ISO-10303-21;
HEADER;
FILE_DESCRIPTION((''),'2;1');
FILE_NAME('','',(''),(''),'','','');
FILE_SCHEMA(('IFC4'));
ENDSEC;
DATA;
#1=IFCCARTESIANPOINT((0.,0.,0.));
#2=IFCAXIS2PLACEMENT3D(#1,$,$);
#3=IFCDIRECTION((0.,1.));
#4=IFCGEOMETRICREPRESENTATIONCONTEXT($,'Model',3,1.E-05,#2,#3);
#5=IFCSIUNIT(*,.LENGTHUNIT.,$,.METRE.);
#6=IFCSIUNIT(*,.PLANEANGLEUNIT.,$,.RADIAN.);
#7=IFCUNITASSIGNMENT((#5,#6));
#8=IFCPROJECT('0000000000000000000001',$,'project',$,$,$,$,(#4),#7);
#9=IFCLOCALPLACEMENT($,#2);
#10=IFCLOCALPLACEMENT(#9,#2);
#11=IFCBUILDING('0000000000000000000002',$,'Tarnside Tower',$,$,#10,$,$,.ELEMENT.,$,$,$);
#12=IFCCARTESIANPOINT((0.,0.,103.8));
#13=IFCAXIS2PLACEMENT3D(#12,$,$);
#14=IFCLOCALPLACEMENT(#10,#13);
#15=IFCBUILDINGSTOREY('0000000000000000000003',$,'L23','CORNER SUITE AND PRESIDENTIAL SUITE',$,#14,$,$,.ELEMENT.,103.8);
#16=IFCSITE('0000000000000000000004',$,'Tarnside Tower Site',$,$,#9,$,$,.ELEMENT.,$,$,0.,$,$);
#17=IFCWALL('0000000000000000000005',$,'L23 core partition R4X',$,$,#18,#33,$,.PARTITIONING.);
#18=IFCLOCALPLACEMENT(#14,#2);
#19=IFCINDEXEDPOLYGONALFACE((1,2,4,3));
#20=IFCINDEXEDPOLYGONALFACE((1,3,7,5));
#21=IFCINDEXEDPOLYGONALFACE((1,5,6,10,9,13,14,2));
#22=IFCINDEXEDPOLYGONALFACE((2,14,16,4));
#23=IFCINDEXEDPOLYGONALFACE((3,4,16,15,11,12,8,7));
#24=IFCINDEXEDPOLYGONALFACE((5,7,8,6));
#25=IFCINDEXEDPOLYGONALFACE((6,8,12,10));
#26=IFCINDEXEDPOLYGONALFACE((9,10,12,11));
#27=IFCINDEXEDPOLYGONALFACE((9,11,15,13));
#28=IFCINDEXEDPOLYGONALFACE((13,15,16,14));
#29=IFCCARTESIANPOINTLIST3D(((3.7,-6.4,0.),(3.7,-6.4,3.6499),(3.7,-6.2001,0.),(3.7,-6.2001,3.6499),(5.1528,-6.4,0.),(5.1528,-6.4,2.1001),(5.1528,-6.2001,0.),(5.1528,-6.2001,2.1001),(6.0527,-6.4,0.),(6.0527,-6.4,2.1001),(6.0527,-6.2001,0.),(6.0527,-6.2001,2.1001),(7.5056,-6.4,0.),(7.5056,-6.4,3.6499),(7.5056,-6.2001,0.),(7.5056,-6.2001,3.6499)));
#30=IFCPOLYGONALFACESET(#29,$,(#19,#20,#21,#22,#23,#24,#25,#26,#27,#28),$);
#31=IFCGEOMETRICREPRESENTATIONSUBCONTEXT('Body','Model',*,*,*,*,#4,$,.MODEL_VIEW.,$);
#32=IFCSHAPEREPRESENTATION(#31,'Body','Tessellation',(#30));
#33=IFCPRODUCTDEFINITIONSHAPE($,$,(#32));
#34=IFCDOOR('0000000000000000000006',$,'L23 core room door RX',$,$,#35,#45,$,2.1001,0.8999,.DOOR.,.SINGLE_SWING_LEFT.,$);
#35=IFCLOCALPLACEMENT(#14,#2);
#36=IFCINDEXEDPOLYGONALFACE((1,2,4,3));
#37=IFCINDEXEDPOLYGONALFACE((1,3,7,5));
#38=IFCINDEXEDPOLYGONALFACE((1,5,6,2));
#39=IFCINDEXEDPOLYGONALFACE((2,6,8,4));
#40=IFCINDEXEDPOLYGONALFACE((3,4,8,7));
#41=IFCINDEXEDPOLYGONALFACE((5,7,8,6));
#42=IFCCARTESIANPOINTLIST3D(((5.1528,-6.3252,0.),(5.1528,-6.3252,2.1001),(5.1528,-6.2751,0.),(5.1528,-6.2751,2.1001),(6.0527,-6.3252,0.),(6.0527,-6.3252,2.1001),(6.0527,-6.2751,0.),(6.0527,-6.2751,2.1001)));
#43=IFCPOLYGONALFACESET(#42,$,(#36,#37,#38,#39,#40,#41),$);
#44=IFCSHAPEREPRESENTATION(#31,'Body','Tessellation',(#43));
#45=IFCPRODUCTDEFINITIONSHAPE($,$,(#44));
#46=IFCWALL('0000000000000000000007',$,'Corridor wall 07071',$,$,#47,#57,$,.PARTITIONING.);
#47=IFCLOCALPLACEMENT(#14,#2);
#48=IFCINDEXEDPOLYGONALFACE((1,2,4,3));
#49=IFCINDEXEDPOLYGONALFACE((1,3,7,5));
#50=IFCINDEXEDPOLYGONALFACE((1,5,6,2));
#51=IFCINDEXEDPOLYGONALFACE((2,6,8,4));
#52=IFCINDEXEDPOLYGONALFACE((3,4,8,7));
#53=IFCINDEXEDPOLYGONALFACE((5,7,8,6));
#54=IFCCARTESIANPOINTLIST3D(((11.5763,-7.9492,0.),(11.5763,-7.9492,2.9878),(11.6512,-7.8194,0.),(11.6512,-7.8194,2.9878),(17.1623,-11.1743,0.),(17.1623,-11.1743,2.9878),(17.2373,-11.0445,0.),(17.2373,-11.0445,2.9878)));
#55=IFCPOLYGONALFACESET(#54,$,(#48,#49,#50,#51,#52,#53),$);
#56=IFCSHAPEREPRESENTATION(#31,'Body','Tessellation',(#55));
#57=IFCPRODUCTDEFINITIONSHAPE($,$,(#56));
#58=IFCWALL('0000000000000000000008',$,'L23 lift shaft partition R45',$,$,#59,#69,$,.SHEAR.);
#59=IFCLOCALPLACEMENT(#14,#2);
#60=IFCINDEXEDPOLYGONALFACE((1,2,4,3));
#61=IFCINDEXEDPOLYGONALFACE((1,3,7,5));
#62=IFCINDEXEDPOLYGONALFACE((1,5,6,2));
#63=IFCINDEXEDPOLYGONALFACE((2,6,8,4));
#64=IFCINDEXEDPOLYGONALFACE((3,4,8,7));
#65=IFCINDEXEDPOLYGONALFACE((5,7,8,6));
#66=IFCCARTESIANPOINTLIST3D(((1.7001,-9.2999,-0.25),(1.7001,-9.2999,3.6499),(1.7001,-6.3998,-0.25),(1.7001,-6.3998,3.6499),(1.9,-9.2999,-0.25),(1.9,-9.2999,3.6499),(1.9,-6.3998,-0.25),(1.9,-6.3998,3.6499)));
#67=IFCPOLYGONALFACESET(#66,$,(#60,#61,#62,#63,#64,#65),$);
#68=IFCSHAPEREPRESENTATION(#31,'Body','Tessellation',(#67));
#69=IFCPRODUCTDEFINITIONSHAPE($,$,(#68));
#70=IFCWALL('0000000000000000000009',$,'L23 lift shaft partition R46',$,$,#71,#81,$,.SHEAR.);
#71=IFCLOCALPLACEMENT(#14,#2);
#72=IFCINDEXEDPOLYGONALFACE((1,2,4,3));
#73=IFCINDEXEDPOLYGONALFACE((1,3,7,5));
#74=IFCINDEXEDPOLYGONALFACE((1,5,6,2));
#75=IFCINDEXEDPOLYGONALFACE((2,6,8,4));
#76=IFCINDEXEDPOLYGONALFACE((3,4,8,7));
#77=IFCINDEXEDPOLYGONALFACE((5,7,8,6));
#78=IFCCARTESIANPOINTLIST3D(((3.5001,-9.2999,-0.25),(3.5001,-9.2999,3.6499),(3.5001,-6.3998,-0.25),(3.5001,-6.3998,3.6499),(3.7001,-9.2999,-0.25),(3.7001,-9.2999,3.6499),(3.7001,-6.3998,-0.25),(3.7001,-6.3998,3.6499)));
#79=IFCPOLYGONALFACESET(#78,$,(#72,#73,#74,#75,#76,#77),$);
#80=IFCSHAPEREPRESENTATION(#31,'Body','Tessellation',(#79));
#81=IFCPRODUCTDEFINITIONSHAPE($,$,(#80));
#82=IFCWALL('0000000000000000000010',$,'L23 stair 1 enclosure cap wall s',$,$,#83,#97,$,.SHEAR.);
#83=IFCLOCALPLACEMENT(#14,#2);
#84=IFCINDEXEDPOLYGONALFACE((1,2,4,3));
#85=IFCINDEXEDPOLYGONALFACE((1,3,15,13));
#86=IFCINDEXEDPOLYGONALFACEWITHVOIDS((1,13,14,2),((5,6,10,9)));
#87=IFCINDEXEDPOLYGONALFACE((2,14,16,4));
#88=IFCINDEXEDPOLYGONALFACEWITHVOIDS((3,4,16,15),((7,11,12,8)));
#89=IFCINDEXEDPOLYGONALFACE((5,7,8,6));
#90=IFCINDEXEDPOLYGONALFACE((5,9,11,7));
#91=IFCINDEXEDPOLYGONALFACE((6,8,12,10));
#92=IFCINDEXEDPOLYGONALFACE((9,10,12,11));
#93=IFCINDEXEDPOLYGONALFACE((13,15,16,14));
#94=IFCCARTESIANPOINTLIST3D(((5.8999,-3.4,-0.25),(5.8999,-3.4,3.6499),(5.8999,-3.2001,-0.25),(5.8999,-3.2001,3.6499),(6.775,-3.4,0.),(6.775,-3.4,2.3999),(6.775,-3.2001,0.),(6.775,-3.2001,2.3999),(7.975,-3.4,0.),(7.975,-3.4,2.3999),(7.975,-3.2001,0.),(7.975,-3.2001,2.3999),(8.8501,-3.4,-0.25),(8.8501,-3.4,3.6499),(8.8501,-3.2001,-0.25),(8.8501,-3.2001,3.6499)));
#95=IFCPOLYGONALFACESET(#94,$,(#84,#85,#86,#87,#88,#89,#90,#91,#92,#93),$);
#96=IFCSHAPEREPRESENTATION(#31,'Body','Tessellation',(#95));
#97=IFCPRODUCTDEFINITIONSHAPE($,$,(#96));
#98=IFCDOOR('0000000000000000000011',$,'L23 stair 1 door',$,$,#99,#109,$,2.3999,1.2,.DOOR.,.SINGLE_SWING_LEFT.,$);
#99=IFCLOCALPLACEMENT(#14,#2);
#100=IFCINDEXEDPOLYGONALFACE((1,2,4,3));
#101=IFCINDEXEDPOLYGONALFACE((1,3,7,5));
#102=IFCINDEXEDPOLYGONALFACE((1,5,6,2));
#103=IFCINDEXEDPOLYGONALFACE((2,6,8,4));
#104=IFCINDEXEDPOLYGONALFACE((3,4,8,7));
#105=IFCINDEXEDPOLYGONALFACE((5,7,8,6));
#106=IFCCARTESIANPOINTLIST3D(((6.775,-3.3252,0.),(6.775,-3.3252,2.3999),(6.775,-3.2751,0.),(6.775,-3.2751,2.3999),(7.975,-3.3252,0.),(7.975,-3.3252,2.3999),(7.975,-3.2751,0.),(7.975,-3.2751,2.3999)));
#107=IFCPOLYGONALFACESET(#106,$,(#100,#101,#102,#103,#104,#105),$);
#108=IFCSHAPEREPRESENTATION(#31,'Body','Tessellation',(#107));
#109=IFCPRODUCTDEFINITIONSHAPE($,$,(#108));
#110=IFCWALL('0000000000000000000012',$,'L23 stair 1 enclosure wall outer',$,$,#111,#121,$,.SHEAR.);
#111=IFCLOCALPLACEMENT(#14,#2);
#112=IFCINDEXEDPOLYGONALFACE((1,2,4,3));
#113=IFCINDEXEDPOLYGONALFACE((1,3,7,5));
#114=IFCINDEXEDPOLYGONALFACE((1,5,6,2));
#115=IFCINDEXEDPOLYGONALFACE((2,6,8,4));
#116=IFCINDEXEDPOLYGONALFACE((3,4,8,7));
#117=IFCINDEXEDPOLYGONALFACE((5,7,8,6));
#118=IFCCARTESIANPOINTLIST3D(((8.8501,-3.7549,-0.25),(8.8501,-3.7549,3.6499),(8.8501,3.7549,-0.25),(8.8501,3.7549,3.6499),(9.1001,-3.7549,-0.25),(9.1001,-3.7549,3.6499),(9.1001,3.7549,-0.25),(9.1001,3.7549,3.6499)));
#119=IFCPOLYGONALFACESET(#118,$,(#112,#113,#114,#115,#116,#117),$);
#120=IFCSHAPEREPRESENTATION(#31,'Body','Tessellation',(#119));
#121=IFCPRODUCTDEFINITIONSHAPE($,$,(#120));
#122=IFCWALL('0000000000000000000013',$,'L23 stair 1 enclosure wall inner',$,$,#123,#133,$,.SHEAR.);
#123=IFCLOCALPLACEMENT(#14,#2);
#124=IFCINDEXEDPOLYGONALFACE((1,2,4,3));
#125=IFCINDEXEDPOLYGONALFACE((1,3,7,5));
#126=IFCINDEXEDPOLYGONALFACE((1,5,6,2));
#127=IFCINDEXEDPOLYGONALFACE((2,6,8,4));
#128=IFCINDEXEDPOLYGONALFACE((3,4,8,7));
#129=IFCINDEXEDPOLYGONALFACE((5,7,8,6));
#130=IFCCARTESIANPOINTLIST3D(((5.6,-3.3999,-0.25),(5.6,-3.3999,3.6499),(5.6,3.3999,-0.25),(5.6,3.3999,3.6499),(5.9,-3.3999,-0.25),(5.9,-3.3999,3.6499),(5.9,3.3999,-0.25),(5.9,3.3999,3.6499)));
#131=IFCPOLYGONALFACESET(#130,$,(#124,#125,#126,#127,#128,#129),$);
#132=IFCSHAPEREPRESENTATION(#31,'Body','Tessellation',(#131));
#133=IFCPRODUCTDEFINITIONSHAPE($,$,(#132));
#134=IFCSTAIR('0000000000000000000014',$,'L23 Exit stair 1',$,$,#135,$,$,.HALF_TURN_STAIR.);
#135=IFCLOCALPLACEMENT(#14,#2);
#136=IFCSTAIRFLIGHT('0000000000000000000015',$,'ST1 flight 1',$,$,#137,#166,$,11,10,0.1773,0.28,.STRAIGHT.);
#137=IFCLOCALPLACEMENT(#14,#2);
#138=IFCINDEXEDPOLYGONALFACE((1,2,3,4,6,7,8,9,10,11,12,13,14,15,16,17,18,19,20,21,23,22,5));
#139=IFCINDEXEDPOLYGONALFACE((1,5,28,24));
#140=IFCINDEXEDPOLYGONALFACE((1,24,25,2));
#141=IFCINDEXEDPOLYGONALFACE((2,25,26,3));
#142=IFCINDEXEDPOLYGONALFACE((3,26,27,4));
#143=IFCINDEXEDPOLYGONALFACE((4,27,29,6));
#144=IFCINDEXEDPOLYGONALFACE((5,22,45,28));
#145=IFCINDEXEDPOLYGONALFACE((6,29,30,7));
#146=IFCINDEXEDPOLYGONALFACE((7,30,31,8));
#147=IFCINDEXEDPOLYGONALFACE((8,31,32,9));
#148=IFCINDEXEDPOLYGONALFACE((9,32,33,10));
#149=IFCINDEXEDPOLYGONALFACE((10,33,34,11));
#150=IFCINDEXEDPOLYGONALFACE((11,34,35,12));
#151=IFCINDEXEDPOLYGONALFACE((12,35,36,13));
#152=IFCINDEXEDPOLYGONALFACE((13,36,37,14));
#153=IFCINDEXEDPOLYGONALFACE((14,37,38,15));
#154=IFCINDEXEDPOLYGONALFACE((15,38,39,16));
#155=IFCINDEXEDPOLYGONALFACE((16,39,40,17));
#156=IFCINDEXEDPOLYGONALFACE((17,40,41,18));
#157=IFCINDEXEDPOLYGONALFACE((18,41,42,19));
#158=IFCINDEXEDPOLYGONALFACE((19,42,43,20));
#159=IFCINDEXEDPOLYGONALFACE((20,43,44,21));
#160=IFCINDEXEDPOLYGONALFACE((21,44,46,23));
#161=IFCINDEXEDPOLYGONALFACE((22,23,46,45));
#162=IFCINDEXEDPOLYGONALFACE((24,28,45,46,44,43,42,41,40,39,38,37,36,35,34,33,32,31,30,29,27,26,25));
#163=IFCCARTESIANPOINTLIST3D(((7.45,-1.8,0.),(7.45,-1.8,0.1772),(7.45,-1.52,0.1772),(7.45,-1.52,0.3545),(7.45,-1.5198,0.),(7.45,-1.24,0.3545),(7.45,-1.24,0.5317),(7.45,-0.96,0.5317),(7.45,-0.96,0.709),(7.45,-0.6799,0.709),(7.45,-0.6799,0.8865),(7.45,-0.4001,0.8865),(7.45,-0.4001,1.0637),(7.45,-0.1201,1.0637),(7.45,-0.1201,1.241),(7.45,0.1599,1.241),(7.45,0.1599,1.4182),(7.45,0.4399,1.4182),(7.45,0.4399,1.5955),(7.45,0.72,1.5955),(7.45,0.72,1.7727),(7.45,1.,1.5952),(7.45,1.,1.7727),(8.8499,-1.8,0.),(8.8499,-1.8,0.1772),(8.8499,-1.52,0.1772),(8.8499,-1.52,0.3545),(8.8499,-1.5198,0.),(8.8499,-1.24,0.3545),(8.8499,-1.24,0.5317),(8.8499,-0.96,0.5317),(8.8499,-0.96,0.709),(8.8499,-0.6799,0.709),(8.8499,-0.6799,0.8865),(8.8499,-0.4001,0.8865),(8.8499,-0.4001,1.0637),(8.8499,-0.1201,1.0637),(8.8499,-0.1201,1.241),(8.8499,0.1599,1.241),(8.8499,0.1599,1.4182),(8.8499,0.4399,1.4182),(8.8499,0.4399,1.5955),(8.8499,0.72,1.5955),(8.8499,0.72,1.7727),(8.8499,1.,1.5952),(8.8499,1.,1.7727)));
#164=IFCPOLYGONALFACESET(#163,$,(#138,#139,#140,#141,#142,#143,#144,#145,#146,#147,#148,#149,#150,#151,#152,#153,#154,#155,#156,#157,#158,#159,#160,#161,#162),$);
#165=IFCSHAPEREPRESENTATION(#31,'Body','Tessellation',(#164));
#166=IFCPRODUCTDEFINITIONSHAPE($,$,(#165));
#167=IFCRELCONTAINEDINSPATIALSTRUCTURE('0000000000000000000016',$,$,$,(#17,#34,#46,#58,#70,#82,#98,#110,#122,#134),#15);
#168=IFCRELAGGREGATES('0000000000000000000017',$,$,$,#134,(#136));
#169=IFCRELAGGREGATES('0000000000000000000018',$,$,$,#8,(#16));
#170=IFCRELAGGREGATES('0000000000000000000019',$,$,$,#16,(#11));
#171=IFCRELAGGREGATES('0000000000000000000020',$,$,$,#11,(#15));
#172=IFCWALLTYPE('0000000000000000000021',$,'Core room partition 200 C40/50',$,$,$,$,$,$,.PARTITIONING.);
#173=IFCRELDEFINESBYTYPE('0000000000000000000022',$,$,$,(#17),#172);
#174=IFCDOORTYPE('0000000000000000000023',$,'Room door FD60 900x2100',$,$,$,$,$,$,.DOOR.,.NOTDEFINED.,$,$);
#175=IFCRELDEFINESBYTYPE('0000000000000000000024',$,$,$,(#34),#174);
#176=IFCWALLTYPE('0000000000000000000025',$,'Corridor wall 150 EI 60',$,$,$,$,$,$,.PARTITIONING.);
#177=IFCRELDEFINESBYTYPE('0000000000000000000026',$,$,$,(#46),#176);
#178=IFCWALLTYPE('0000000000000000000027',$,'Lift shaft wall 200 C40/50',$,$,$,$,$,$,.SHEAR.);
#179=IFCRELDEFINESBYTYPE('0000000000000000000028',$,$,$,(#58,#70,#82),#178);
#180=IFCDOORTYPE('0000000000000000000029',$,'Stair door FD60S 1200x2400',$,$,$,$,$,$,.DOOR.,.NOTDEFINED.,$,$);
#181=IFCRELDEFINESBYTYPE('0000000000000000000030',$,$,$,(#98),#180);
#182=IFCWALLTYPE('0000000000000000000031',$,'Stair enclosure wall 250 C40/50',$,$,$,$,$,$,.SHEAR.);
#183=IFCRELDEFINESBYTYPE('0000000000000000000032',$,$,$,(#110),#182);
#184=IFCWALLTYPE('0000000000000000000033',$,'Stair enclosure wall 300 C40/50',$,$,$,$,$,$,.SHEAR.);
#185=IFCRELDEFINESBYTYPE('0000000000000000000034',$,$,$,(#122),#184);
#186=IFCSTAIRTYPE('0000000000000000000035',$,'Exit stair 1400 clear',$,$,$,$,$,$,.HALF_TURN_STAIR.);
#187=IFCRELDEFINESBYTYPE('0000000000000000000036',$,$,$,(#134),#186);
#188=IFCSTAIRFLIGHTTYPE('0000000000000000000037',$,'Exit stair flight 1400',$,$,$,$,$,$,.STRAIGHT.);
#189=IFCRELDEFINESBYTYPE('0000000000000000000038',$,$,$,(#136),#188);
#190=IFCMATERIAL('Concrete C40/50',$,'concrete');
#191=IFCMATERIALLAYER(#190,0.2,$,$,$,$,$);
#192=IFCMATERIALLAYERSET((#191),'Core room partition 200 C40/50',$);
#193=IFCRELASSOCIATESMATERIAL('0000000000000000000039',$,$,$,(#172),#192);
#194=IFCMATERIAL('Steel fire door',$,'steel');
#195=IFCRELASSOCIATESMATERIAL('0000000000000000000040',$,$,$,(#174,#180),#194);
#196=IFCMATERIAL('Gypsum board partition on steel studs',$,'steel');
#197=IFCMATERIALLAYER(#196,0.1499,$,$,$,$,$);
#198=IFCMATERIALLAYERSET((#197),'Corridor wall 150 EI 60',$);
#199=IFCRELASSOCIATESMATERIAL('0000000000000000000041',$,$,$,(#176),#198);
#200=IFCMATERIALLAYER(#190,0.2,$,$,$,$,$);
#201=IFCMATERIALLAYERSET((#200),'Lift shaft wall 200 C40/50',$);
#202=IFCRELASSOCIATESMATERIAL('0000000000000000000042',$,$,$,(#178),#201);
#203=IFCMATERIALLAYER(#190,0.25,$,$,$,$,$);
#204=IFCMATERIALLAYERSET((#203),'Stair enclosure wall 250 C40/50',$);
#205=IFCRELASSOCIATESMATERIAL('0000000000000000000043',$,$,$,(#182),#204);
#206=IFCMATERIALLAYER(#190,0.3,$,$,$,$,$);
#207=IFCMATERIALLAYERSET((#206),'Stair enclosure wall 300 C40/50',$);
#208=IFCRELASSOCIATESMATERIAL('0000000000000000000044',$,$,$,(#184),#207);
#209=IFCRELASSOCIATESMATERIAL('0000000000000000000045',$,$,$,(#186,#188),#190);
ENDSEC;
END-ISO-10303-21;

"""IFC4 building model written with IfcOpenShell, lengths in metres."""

from ifc_helpers import new_model, si_unit, direction, frame, frame_2d, origin, place, context, subcontext, project, spatial, polyline, rectangle, outline, extrude, material, layer, layer_set, type_object, element, fill, aggregate, save


model = new_model("IFC4")

# Units and contexts
model_context = context("Model", 3, precision=1e-05, world=origin(), true_north=direction((0.0, 1.0)))
body_context = subcontext(model_context, "Body", "Model", "MODEL_VIEW")
ifc_project = project(units=[si_unit("LENGTHUNIT", "METRE"), si_unit("PLANEANGLEUNIT", "RADIAN")], contexts=[model_context])

# Site, building, storey
site_placement = place(None, origin())
site = spatial("IfcSite", under=ifc_project, at=site_placement, Name="Tarnside Tower Site", CompositionType="ELEMENT", RefElevation=0.0)
building_placement = place(site_placement, origin())
building = spatial("IfcBuilding", under=site, at=building_placement, Name="Tarnside Tower", CompositionType="ELEMENT")
storey_placement = place(building_placement, frame((0.0, 0.0, 103.8)))
storey = spatial("IfcBuildingStorey", under=building, at=storey_placement, Name="L23", Description="CORNER SUITE AND PRESIDENTIAL SUITE", CompositionType="ELEMENT", Elevation=103.8)

# Shared definitions
ifc_material_1 = material(Name="Concrete C40/50", Category="concrete")

# Wall, opening, door
ifc_material_2 = material(Name="Steel fire door", Category="steel")
ifc_layer_1 = layer(ifc_material_1, 0.2)
ifc_layer_set_1 = layer_set([ifc_layer_1], Name="Core room partition 200 C40/50")
wall_type_1 = type_object("IfcWallType", Name="Core room partition 200 C40/50", PredefinedType="PARTITIONING", material=ifc_layer_set_1)
door_type_1 = type_object("IfcDoorType", Name="Room door FD60 900x2100", OperationType="NOTDEFINED", PredefinedType="DOOR", material=ifc_material_2)
wall_1_placement = place(storey_placement, frame((3.7, -6.3, 0.0), z_axis=(0.0, 0.0, 1.0), x_axis=(1.0, 0.0, 0.0)))
wall_1 = element("IfcWall", 1, at=wall_1_placement, inside=storey, type_object=wall_type_1, Name="L23 core partition R4X", PredefinedType="PARTITIONING", context=body_context, shape_type="SweptSolid", body=[
    extrude(rectangle(XDim=3.8057, YDim=0.2, at=frame_2d((1.9028, 0.0))), origin(), (0.0, 0.0, 1.0), 3.6499),
])
opening_1_placement = place(wall_1_placement, frame((1.4529, 0.0, 0.0)))
opening_1 = element("IfcOpeningElement", 2, at=opening_1_placement, cuts=wall_1, PredefinedType="OPENING", context=body_context, shape_type="SweptSolid", body=[
    extrude(rectangle(XDim=0.8999, YDim=2.1001, at=frame_2d((0.45, 1.05))), frame((0.0, 0.1099, 0.0), z_axis=(0.0, -1.0, 0.0), x_axis=(1.0, 0.0, 0.0)), (0.0, 0.0, 1.0), 0.22),
])
door_1_placement = place(opening_1_placement, origin())
door_1 = element("IfcDoor", 3, at=door_1_placement, inside=storey, type_object=door_type_1, Name="L23 core room door RX", OperationType="SINGLE_SWING_LEFT", OverallHeight=2.1001, OverallWidth=0.8999, PredefinedType="DOOR", context=body_context, shape_type="SweptSolid", body=[
    extrude(rectangle(XDim=0.8999, YDim=2.1001, at=frame_2d((0.45, 1.05))), frame((0.0, 0.0249, 0.0), z_axis=(0.0, -1.0, 0.0), x_axis=(1.0, 0.0, 0.0)), (0.0, 0.0, 1.0), 0.05),
])
fill(opening_1, door_1)

# Walls
ifc_material_3 = material(Name="Gypsum board partition on steel studs", Category="steel")
ifc_layer_2 = layer(ifc_material_3, 0.1499)
ifc_layer_set_2 = layer_set([ifc_layer_2], Name="Corridor wall 150 EI 60")
wall_type_2 = type_object("IfcWallType", Name="Corridor wall 150 EI 60", PredefinedType="PARTITIONING", material=ifc_layer_set_2)
wall_2_placement = place(storey_placement, frame((11.6138, -7.8843, 0.0), z_axis=(0.0, 0.0, 1.0), x_axis=(0.866022, -0.500006, 0.0)))
element("IfcWall", 4, at=wall_2_placement, inside=storey, type_object=wall_type_2, Name="Corridor wall 07071", PredefinedType="PARTITIONING", context=body_context, shape_type="SweptSolid", body=[
    extrude(rectangle(XDim=6.4502, YDim=0.1499, at=frame_2d((3.2251, 0.0))), origin(), (0.0, 0.0, 1.0), 2.9878),
])
ifc_layer_3 = layer(ifc_material_1, 0.2)
ifc_layer_set_3 = layer_set([ifc_layer_3], Name="Lift shaft wall 200 C40/50")
wall_type_3 = type_object("IfcWallType", Name="Lift shaft wall 200 C40/50", PredefinedType="SHEAR", material=ifc_layer_set_3)
for number, where, z_axis, x_axis, name in (
    (5, (1.8, -9.3, -0.25), (0.0, 0.0, 1.0), (0.0, 1.0, 0.0), "L23 lift shaft partition R45"),
    (6, (3.6001, -9.3, -0.25), (0.0, 0.0, 1.0), (0.0, 1.0, 0.0), "L23 lift shaft partition R46"),
):
    element("IfcWall", number, at=place(storey_placement, frame(where, z_axis=z_axis, x_axis=x_axis)), inside=storey, type_object=wall_type_3, Name=name, PredefinedType="SHEAR", context=body_context, shape_type="SweptSolid", body=[
        extrude(rectangle(XDim=2.9001, YDim=0.2, at=frame_2d((1.4502, 0.0))), origin(), (0.0, 0.0, 1.0), 3.8999),
    ])

# Wall, opening, door
wall_3_placement = place(storey_placement, frame((5.8999, -3.3, -0.25), z_axis=(0.0, 0.0, 1.0), x_axis=(1.0, 0.0, 0.0)))
wall_3 = element("IfcWall", 7, at=wall_3_placement, inside=storey, type_object=wall_type_3, Name="L23 stair 1 enclosure cap wall s", PredefinedType="SHEAR", context=body_context, shape_type="SweptSolid", body=[
    extrude(rectangle(XDim=2.9502, YDim=0.2, at=frame_2d((1.4751, 0.0))), origin(), (0.0, 0.0, 1.0), 3.8999),
])
opening_2_placement = place(wall_3_placement, frame((0.875, 0.0, 0.25)))
opening_2 = element("IfcOpeningElement", 8, at=opening_2_placement, cuts=wall_3, PredefinedType="OPENING", context=body_context, shape_type="SweptSolid", body=[
    extrude(rectangle(XDim=1.2, YDim=2.3999, at=frame_2d((0.6001, 1.2))), frame((0.0, 0.1099, 0.0), z_axis=(0.0, -1.0, 0.0), x_axis=(1.0, 0.0, 0.0)), (0.0, 0.0, 1.0), 0.22),
])
door_type_2 = type_object("IfcDoorType", Name="Stair door FD60S 1200x2400", OperationType="NOTDEFINED", PredefinedType="DOOR", material=ifc_material_2)
door_2_placement = place(opening_2_placement, origin())
door_2 = element("IfcDoor", 9, at=door_2_placement, inside=storey, type_object=door_type_2, Name="L23 stair 1 door", OperationType="SINGLE_SWING_LEFT", OverallHeight=2.3999, OverallWidth=1.2, PredefinedType="DOOR", context=body_context, shape_type="SweptSolid", body=[
    extrude(rectangle(XDim=1.2, YDim=2.3999, at=frame_2d((0.6001, 1.2))), frame((0.0, 0.0249, 0.0), z_axis=(0.0, -1.0, 0.0), x_axis=(1.0, 0.0, 0.0)), (0.0, 0.0, 1.0), 0.05),
])
fill(opening_2, door_2)

# Walls
ifc_layer_4 = layer(ifc_material_1, 0.25)
ifc_layer_set_4 = layer_set([ifc_layer_4], Name="Stair enclosure wall 250 C40/50")
wall_type_4 = type_object("IfcWallType", Name="Stair enclosure wall 250 C40/50", PredefinedType="SHEAR", material=ifc_layer_set_4)
wall_4_placement = place(storey_placement, frame((8.9751, -3.7549, -0.25), z_axis=(0.0, 0.0, 1.0), x_axis=(0.0, 1.0, 0.0)))
element("IfcWall", 10, at=wall_4_placement, inside=storey, type_object=wall_type_4, Name="L23 stair 1 enclosure wall outer", PredefinedType="SHEAR", context=body_context, shape_type="SweptSolid", body=[
    extrude(rectangle(XDim=7.5098, YDim=0.25, at=frame_2d((3.7549, 0.0))), origin(), (0.0, 0.0, 1.0), 3.8999),
])
ifc_layer_5 = layer(ifc_material_1, 0.3)
ifc_layer_set_5 = layer_set([ifc_layer_5], Name="Stair enclosure wall 300 C40/50")
wall_type_5 = type_object("IfcWallType", Name="Stair enclosure wall 300 C40/50", PredefinedType="SHEAR", material=ifc_layer_set_5)
wall_5_placement = place(storey_placement, frame((5.75, -3.3999, -0.25), z_axis=(0.0, 0.0, 1.0), x_axis=(0.0, 1.0, 0.0)))
element("IfcWall", 11, at=wall_5_placement, inside=storey, type_object=wall_type_5, Name="L23 stair 1 enclosure wall inner", PredefinedType="SHEAR", context=body_context, shape_type="SweptSolid", body=[
    extrude(rectangle(XDim=6.7998, YDim=0.3, at=frame_2d((3.3999, 0.0))), origin(), (0.0, 0.0, 1.0), 3.8999),
])

# Stair, stair flight
stair_type = type_object("IfcStairType", Name="Exit stair 1400 clear", PredefinedType="HALF_TURN_STAIR", material=ifc_material_1)
stair_placement = place(storey_placement, origin())
stair = element("IfcStair", 12, at=stair_placement, inside=storey, type_object=stair_type, Name="L23 Exit stair 1", PredefinedType="HALF_TURN_STAIR")
stair_flight_type = type_object("IfcStairFlightType", Name="Exit stair flight 1400", PredefinedType="STRAIGHT", material=ifc_material_1)
stair_flight_placement = place(storey_placement, frame((8.1499, -1.8, 0.0), z_axis=(0.0, 0.0, 1.0), x_axis=(0.0, 1.0, 0.0)))
stair_flight = element("IfcStairFlight", 13, at=stair_flight_placement, type_object=stair_flight_type, Name="ST1 flight 1", NumberOfRisers=11, NumberOfTreads=10, PredefinedType="STRAIGHT", RiserHeight=0.1773, TreadLength=0.28, context=body_context, shape_type="SweptSolid", body=[
    extrude(outline(polyline([(0.0, 0.0), (0.0, 0.1772), (0.28, 0.1772), (0.28, 0.3545), (0.5601, 0.3545), (0.5601, 0.5317), (0.8401, 0.5317), (0.8401, 0.709), (1.1201, 0.709), (1.1201, 0.8865), (1.3999, 0.8865), (1.3999, 1.0637), (1.6799, 1.0637), (1.6799, 1.241), (1.96, 1.241), (1.96, 1.4182), (2.24, 1.4182), (2.24, 1.5955), (2.52, 1.5955), (2.52, 1.7727), (2.8, 1.7727), (2.8, 1.95), (2.8, 1.5952), (0.2803, 0.0), (0.0, 0.0)])), frame((0.0, 0.7, 0.0), z_axis=(0.0, -1.0, 0.0), x_axis=(1.0, 0.0, 0.0)), (0.0, 0.0, 1.0), 1.3999),
])
aggregate(stair, [stair_flight])

save(model, "model.ifc")
